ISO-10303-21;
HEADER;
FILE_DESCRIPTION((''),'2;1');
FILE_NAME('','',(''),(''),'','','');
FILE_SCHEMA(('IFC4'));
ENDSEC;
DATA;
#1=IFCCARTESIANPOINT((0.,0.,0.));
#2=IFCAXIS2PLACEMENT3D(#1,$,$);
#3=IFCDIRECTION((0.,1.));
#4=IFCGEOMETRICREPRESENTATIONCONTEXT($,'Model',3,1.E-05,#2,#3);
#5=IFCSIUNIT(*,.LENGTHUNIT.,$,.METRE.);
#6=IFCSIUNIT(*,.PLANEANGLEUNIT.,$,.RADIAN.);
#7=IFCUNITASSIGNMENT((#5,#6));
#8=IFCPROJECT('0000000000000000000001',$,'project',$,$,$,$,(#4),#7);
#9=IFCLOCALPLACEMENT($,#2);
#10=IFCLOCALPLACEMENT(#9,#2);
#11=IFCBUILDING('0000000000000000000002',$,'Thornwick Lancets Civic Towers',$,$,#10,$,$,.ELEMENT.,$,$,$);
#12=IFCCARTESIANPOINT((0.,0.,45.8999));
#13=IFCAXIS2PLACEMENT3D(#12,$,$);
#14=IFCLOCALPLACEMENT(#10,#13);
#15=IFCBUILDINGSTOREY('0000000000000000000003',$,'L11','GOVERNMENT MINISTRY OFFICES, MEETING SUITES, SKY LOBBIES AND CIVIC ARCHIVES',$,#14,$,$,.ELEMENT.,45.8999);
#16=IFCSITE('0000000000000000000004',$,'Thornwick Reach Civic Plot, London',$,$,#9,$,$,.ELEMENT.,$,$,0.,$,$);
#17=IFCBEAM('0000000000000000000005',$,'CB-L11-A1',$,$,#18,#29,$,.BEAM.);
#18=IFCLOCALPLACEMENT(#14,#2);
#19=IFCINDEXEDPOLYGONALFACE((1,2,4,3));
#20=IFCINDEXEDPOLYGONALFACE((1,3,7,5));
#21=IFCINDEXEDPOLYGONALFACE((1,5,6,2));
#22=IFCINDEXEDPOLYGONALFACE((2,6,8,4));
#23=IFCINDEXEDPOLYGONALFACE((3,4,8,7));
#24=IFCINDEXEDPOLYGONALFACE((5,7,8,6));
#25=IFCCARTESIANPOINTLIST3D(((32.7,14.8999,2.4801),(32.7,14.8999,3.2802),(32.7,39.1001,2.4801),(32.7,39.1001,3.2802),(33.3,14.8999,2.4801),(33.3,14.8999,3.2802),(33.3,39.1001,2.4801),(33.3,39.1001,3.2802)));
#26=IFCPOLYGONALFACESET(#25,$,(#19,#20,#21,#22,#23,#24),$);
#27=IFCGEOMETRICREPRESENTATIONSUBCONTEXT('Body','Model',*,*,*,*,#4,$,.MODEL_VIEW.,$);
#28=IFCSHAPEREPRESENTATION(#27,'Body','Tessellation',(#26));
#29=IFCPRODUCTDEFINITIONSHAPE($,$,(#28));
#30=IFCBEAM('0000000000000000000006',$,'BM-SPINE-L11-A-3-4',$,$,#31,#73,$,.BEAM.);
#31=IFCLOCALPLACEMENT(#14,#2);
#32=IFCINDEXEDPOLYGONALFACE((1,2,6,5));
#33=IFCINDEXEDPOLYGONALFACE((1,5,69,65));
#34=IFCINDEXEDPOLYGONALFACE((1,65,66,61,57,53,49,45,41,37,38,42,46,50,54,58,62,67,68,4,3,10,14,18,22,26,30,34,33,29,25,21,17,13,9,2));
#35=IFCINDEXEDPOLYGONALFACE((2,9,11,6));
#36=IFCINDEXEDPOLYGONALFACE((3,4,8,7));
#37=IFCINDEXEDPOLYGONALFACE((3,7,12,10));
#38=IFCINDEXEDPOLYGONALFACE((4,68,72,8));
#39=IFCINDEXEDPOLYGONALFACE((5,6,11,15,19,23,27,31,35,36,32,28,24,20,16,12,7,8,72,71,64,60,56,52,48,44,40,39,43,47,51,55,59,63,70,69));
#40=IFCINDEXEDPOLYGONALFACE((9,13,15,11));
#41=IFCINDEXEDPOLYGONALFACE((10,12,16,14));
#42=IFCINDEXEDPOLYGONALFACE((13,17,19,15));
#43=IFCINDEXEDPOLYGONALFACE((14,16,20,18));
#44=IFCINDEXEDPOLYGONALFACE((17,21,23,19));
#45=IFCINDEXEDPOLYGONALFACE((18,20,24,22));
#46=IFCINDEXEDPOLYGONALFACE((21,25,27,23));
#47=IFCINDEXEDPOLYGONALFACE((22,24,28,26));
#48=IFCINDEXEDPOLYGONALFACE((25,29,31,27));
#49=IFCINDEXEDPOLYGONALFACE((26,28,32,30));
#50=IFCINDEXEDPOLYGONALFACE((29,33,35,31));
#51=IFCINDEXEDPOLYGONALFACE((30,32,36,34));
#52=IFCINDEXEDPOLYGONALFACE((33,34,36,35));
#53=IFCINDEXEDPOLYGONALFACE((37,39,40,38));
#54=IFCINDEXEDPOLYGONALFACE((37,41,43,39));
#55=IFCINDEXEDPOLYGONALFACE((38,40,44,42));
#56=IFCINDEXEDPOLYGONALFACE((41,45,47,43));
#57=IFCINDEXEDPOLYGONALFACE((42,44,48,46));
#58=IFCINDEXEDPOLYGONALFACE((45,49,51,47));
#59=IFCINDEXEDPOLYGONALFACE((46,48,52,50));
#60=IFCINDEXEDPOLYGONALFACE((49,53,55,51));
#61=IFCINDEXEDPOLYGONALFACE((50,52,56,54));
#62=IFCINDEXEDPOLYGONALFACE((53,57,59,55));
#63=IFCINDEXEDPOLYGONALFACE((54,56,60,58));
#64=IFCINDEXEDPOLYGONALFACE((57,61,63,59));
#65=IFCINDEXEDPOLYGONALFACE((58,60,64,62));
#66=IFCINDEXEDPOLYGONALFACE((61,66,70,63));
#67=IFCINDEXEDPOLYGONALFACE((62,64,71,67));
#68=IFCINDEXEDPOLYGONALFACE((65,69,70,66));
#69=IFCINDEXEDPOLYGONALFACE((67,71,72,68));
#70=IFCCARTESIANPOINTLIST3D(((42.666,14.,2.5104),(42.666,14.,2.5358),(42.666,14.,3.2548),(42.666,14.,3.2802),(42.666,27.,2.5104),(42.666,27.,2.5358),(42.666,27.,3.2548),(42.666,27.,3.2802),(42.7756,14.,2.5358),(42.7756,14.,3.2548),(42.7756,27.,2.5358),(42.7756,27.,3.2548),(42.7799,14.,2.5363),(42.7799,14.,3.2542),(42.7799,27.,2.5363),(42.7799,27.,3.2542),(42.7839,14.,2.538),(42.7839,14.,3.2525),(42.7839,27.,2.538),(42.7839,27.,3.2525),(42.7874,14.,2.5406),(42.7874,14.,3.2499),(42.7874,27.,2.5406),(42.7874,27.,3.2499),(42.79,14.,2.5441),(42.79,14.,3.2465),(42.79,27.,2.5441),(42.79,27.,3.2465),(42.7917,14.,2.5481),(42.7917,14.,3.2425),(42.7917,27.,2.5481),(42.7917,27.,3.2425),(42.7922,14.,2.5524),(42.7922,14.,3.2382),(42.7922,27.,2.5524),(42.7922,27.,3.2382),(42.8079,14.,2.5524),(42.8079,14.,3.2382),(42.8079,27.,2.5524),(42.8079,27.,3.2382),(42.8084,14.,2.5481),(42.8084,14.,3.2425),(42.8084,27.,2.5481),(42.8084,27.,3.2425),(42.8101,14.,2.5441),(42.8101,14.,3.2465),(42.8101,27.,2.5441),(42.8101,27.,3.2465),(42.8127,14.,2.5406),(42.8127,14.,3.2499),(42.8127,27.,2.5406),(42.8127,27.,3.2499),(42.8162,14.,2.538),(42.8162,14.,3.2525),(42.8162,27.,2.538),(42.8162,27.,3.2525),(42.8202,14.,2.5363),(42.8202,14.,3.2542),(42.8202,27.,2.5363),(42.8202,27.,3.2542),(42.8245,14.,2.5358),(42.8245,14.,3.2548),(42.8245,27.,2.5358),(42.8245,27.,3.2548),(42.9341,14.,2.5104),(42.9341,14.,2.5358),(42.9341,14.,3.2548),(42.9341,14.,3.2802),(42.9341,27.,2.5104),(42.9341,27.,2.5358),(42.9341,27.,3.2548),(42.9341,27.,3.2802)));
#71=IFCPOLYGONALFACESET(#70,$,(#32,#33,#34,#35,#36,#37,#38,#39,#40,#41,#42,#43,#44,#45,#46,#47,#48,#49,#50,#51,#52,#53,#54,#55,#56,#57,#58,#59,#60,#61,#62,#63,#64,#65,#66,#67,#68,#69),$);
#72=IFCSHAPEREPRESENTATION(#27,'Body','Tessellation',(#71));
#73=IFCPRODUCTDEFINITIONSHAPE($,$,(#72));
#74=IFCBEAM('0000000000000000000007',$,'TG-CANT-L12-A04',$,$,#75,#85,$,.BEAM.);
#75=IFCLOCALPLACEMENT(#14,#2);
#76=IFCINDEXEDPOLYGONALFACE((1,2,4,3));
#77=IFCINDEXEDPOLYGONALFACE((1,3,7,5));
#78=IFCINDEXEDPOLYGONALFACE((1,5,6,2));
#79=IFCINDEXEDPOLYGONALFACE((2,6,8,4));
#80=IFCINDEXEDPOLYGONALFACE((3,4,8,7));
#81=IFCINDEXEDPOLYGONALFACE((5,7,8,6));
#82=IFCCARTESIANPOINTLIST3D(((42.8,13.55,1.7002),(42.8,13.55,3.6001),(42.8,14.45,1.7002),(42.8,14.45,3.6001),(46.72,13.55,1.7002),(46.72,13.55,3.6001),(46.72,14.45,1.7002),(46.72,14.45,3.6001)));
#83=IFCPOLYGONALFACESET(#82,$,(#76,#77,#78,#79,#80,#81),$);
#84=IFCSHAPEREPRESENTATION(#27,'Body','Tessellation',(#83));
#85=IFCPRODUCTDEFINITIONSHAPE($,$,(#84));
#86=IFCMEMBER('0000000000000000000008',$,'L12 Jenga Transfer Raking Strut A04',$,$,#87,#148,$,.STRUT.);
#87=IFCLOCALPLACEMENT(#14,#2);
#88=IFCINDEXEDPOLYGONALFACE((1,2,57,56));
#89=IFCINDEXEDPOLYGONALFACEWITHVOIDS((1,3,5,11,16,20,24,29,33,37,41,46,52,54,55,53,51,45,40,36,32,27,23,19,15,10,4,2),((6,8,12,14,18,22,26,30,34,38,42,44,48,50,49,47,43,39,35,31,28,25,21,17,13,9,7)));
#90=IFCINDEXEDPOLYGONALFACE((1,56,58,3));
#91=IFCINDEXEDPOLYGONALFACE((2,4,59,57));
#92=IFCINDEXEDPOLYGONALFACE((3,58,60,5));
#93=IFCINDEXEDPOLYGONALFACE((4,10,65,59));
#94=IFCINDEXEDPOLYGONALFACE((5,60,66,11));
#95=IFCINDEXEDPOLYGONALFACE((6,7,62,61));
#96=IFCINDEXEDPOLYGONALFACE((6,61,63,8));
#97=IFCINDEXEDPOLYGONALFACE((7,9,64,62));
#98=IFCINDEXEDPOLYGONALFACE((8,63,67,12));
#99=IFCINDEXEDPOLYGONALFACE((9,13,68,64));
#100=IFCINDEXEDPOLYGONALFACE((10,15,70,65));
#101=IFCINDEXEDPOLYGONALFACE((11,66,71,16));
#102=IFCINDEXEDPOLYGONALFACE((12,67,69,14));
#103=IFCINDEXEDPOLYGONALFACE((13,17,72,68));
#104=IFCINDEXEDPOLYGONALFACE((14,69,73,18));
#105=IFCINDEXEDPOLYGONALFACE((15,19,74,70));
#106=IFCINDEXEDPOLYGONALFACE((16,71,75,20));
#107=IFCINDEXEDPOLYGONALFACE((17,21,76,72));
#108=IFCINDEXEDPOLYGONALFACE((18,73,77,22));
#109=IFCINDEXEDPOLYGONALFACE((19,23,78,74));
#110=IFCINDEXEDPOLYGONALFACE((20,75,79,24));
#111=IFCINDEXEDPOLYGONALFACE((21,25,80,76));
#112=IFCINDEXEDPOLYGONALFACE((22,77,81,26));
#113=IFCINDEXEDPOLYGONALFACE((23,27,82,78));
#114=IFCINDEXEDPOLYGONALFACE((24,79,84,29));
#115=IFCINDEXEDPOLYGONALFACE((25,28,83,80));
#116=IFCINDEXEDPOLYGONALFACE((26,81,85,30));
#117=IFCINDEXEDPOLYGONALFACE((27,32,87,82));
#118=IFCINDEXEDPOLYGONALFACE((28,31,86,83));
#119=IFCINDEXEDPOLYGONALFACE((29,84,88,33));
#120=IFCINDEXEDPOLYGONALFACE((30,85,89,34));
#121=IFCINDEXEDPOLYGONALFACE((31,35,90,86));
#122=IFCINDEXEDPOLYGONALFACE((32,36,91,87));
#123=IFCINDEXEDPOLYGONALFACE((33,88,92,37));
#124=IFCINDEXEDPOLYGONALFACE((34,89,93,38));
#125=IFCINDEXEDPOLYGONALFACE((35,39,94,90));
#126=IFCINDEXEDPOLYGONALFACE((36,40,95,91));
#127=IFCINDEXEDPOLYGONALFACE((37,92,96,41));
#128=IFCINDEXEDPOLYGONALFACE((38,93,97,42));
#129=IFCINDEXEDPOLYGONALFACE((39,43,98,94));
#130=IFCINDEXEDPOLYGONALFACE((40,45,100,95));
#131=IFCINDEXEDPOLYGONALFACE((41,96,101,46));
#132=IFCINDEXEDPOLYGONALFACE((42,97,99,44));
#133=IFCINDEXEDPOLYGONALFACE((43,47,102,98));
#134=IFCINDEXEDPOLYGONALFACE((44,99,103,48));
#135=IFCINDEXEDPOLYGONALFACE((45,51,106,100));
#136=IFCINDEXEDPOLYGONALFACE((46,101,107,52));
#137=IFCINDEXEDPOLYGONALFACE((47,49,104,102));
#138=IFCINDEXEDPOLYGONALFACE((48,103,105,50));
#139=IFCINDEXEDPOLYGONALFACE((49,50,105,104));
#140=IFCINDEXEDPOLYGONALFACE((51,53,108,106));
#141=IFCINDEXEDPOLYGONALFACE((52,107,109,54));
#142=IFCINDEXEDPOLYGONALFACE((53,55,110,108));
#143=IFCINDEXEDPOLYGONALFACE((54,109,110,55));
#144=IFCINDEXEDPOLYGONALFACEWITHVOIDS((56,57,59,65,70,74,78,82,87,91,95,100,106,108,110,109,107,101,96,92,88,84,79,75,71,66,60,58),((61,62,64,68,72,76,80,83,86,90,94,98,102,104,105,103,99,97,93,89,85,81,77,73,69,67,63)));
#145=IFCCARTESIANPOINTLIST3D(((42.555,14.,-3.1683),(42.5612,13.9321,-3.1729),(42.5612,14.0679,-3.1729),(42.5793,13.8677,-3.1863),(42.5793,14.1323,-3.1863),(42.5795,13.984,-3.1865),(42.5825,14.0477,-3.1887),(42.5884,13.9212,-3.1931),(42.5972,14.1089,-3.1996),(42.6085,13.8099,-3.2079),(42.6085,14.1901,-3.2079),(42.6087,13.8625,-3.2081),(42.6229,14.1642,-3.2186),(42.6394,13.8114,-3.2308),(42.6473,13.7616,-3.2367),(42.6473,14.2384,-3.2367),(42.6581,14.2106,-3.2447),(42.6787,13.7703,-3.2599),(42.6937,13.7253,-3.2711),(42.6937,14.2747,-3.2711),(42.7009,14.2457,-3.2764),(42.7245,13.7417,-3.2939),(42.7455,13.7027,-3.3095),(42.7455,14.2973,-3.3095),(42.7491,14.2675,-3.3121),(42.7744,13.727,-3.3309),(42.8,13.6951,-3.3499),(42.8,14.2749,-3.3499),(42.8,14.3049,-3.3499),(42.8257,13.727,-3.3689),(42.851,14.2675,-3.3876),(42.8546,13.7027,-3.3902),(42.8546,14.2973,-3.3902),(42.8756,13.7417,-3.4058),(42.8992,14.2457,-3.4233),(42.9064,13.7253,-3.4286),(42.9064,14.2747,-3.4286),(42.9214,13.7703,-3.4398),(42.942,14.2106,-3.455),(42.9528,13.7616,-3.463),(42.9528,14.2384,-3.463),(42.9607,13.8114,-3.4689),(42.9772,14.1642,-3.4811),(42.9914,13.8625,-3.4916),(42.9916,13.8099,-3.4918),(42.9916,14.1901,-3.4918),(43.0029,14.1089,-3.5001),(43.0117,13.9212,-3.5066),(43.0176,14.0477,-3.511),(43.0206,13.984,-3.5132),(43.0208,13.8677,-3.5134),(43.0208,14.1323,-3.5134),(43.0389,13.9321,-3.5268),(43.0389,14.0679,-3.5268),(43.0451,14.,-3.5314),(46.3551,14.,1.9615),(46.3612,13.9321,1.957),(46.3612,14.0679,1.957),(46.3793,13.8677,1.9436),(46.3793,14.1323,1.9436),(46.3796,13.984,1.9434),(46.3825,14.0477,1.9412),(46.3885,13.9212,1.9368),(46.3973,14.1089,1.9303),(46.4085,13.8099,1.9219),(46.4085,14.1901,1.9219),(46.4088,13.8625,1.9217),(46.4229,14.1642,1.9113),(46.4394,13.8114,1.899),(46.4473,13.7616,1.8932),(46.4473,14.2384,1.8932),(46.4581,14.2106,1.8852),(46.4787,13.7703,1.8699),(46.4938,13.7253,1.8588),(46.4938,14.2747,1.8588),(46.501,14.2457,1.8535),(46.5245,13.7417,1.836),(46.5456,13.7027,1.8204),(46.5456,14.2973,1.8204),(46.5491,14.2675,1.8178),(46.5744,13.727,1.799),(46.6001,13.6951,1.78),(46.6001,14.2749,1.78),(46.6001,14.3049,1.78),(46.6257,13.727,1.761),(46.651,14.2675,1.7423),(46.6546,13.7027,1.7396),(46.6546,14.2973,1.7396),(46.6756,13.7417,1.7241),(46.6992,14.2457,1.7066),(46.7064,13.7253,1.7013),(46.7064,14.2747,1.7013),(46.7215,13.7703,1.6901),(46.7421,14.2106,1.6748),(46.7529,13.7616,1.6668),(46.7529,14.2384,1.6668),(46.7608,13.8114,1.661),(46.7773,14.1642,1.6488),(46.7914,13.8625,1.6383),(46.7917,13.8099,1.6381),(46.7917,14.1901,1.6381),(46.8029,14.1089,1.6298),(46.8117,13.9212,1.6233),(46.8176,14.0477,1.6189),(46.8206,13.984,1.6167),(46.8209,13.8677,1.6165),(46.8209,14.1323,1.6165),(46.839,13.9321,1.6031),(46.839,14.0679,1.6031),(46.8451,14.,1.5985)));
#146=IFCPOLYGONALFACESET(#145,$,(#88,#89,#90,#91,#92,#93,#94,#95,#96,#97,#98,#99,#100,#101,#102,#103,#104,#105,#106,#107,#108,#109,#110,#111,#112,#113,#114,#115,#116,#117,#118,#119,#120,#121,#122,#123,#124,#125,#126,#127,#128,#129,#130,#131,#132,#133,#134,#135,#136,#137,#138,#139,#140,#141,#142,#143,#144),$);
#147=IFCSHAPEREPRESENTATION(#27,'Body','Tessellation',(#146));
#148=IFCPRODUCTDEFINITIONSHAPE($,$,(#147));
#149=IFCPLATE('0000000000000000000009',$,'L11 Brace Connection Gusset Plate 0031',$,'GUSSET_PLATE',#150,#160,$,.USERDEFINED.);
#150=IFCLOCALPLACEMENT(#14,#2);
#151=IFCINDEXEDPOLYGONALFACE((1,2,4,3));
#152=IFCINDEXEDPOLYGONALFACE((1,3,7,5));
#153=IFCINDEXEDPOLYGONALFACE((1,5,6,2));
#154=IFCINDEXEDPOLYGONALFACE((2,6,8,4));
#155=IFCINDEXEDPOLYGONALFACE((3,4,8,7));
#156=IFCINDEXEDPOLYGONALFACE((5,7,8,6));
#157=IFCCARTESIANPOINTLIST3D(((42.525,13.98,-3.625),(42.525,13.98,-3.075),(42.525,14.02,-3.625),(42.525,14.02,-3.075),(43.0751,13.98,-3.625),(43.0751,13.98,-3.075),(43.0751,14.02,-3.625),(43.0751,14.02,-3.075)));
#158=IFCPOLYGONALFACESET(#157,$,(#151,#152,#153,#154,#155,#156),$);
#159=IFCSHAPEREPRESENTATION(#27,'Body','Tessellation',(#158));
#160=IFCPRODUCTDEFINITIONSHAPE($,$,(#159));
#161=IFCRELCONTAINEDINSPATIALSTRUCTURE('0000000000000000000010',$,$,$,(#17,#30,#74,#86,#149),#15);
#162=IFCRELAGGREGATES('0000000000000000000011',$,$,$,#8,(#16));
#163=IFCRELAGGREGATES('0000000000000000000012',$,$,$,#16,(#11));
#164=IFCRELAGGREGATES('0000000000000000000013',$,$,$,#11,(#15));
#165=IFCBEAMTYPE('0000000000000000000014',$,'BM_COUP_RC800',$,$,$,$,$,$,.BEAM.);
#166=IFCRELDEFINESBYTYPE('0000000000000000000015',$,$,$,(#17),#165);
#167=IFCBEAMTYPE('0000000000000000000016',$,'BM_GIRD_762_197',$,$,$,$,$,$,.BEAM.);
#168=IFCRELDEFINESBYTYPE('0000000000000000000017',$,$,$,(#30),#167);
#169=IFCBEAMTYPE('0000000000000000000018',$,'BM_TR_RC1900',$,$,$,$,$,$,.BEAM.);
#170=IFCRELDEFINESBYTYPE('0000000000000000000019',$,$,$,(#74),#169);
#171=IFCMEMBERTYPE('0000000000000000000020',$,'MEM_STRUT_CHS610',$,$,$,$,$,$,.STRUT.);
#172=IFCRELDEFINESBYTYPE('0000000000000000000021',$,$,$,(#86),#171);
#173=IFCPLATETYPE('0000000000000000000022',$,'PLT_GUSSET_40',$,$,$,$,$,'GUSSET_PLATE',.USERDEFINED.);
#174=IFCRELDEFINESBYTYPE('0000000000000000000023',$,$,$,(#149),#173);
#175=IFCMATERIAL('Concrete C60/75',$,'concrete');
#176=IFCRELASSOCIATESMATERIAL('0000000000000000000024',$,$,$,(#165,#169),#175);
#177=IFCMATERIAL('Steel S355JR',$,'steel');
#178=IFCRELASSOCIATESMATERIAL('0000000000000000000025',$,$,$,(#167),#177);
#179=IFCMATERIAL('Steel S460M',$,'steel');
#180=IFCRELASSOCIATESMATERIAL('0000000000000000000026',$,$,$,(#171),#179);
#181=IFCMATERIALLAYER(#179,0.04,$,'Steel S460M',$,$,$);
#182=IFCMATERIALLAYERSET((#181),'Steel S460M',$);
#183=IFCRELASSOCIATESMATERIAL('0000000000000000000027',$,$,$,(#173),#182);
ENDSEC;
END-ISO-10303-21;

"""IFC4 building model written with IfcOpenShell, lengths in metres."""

from ifc_helpers import new_model, si_unit, direction, frame, origin, origin_2d, place, context, subcontext, project, spatial, rectangle, hollow_circle, i_section, extrude, material, layer, layer_set, material_profile, profile_set, type_object, element, save


model = new_model("IFC4")

# Units and contexts
model_context = context("Model", 3, precision=1e-05, world=origin(), true_north=direction((0.0, 1.0)))
body_context = subcontext(model_context, "Body", "Model", "MODEL_VIEW")
ifc_project = project(units=[si_unit("LENGTHUNIT", "METRE"), si_unit("PLANEANGLEUNIT", "RADIAN")], contexts=[model_context])

# Site, building, storey
site_placement = place(None, origin())
site = spatial("IfcSite", under=ifc_project, at=site_placement, Name="Thornwick Reach Civic Plot, London", CompositionType="ELEMENT", RefElevation=0.0)
building_placement = place(site_placement, origin())
building = spatial("IfcBuilding", under=site, at=building_placement, Name="Thornwick Lancets Civic Towers", CompositionType="ELEMENT")
storey_placement = place(building_placement, frame((0.0, 0.0, 45.8999)))
storey = spatial("IfcBuildingStorey", under=building, at=storey_placement, Name="L11", Description="GOVERNMENT MINISTRY OFFICES, MEETING SUITES, SKY LOBBIES AND CIVIC ARCHIVES", CompositionType="ELEMENT", Elevation=45.8999)

# Beams
ifc_material_1 = material(Name="Concrete C60/75", Category="concrete")
ifc_material_profile_1 = material_profile(ifc_material_1, rectangle(XDim=0.6001, YDim=0.8, at=origin_2d()), Name="RC 600x800")
ifc_profile_set_1 = profile_set([ifc_material_profile_1], Name="Concrete C60/75")
beam_type_1 = type_object("IfcBeamType", Name="BM_COUP_RC800", PredefinedType="BEAM", material=ifc_profile_set_1)
beam_1_placement = place(storey_placement, frame((33.0, 14.8999, 2.8801), z_axis=(0.0, 1.0, 0.0), x_axis=(-1.0, 0.0, 0.0)))
element("IfcBeam", 1, at=beam_1_placement, inside=storey, type_object=beam_type_1, Name="CB-L11-A1", PredefinedType="BEAM", context=body_context, shape_type="SweptSolid", body=[
    extrude(rectangle(XDim=0.6001, YDim=0.8, at=origin_2d()), origin(), (0.0, 0.0, 1.0), 24.2002),
])
ifc_material_2 = material(Name="Steel S355JR", Category="steel")
ifc_material_profile_2 = material_profile(ifc_material_2, i_section(OverallWidth=0.2681, OverallDepth=0.7698, WebThickness=0.0156, FlangeThickness=0.0254, FilletRadius=0.0166, at=origin_2d()), Name="UKB 762x267x197")
ifc_profile_set_2 = profile_set([ifc_material_profile_2], Name="Steel S355JR")
beam_type_2 = type_object("IfcBeamType", Name="BM_GIRD_762_197", PredefinedType="BEAM", material=ifc_profile_set_2)
beam_2_placement = place(storey_placement, frame((42.8, 14.0, 2.8953), z_axis=(0.0, 1.0, 0.0), x_axis=(-1.0, 0.0, 0.0)))
element("IfcBeam", 2, at=beam_2_placement, inside=storey, type_object=beam_type_2, Name="BM-SPINE-L11-A-3-4", PredefinedType="BEAM", context=body_context, shape_type="SweptSolid", body=[
    extrude(i_section(OverallWidth=0.2681, OverallDepth=0.7698, WebThickness=0.0156, FlangeThickness=0.0254, FilletRadius=0.0166, at=origin_2d()), origin(), (0.0, 0.0, 1.0), 13.0),
])
ifc_material_profile_3 = material_profile(ifc_material_1, rectangle(XDim=0.8999, YDim=1.8999, at=origin_2d()), Name="RC 900x1900")
ifc_profile_set_3 = profile_set([ifc_material_profile_3], Name="Concrete C60/75")
beam_type_3 = type_object("IfcBeamType", Name="BM_TR_RC1900", PredefinedType="BEAM", material=ifc_profile_set_3)
beam_3_placement = place(storey_placement, frame((42.8, 14.0, 2.6501), z_axis=(1.0, 0.0, 0.0), x_axis=(0.0, 1.0, 0.0)))
element("IfcBeam", 3, at=beam_3_placement, inside=storey, type_object=beam_type_3, Name="TG-CANT-L12-A04", PredefinedType="BEAM", context=body_context, shape_type="SweptSolid", body=[
    extrude(rectangle(XDim=0.8999, YDim=1.8999, at=origin_2d()), origin(), (0.0, 0.0, 1.0), 3.9199),
])

# Member
ifc_material_3 = material(Name="Steel S460M", Category="steel")
ifc_material_profile_4 = material_profile(ifc_material_3, hollow_circle(Radius=0.3049, WallThickness=0.03, at=origin_2d()), Name="CHS 610x30")
ifc_profile_set_4 = profile_set([ifc_material_profile_4], Name="Steel S460M")
member_type = type_object("IfcMemberType", Name="MEM_STRUT_CHS610", PredefinedType="STRUT", material=ifc_profile_set_4)
member_placement = place(storey_placement, frame((42.8, 14.0, -3.3499), z_axis=(0.595241, 0.0, 0.803547), x_axis=(0.0, 1.0, 0.0)))
element("IfcMember", 4, at=member_placement, inside=storey, type_object=member_type, Name="L12 Jenga Transfer Raking Strut A04", PredefinedType="STRUT", context=body_context, shape_type="SweptSolid", body=[
    extrude(hollow_circle(Radius=0.3049, WallThickness=0.03, at=origin_2d()), origin(), (0.0, 0.0, 1.0), 6.384),
])

# Plate
ifc_layer_1 = layer(ifc_material_3, 0.04, Name="Steel S460M")
ifc_layer_set_1 = layer_set([ifc_layer_1], Name="Steel S460M")
plate_type = type_object("IfcPlateType", Name="PLT_GUSSET_40", ElementType="GUSSET_PLATE", PredefinedType="USERDEFINED", material=ifc_layer_set_1)
plate_placement = place(storey_placement, frame((42.8, 14.0, -3.625), z_axis=(0.0, 0.0, 1.0), x_axis=(1.0, 0.0, 0.0)))
element("IfcPlate", 5, at=plate_placement, inside=storey, type_object=plate_type, Name="L11 Brace Connection Gusset Plate 0031", ObjectType="GUSSET_PLATE", PredefinedType="USERDEFINED", context=body_context, shape_type="SweptSolid", body=[
    extrude(rectangle(XDim=0.55, YDim=0.04, at=origin_2d()), origin(), (0.0, 0.0, 1.0), 0.55),
])

save(model, "model.ifc")
